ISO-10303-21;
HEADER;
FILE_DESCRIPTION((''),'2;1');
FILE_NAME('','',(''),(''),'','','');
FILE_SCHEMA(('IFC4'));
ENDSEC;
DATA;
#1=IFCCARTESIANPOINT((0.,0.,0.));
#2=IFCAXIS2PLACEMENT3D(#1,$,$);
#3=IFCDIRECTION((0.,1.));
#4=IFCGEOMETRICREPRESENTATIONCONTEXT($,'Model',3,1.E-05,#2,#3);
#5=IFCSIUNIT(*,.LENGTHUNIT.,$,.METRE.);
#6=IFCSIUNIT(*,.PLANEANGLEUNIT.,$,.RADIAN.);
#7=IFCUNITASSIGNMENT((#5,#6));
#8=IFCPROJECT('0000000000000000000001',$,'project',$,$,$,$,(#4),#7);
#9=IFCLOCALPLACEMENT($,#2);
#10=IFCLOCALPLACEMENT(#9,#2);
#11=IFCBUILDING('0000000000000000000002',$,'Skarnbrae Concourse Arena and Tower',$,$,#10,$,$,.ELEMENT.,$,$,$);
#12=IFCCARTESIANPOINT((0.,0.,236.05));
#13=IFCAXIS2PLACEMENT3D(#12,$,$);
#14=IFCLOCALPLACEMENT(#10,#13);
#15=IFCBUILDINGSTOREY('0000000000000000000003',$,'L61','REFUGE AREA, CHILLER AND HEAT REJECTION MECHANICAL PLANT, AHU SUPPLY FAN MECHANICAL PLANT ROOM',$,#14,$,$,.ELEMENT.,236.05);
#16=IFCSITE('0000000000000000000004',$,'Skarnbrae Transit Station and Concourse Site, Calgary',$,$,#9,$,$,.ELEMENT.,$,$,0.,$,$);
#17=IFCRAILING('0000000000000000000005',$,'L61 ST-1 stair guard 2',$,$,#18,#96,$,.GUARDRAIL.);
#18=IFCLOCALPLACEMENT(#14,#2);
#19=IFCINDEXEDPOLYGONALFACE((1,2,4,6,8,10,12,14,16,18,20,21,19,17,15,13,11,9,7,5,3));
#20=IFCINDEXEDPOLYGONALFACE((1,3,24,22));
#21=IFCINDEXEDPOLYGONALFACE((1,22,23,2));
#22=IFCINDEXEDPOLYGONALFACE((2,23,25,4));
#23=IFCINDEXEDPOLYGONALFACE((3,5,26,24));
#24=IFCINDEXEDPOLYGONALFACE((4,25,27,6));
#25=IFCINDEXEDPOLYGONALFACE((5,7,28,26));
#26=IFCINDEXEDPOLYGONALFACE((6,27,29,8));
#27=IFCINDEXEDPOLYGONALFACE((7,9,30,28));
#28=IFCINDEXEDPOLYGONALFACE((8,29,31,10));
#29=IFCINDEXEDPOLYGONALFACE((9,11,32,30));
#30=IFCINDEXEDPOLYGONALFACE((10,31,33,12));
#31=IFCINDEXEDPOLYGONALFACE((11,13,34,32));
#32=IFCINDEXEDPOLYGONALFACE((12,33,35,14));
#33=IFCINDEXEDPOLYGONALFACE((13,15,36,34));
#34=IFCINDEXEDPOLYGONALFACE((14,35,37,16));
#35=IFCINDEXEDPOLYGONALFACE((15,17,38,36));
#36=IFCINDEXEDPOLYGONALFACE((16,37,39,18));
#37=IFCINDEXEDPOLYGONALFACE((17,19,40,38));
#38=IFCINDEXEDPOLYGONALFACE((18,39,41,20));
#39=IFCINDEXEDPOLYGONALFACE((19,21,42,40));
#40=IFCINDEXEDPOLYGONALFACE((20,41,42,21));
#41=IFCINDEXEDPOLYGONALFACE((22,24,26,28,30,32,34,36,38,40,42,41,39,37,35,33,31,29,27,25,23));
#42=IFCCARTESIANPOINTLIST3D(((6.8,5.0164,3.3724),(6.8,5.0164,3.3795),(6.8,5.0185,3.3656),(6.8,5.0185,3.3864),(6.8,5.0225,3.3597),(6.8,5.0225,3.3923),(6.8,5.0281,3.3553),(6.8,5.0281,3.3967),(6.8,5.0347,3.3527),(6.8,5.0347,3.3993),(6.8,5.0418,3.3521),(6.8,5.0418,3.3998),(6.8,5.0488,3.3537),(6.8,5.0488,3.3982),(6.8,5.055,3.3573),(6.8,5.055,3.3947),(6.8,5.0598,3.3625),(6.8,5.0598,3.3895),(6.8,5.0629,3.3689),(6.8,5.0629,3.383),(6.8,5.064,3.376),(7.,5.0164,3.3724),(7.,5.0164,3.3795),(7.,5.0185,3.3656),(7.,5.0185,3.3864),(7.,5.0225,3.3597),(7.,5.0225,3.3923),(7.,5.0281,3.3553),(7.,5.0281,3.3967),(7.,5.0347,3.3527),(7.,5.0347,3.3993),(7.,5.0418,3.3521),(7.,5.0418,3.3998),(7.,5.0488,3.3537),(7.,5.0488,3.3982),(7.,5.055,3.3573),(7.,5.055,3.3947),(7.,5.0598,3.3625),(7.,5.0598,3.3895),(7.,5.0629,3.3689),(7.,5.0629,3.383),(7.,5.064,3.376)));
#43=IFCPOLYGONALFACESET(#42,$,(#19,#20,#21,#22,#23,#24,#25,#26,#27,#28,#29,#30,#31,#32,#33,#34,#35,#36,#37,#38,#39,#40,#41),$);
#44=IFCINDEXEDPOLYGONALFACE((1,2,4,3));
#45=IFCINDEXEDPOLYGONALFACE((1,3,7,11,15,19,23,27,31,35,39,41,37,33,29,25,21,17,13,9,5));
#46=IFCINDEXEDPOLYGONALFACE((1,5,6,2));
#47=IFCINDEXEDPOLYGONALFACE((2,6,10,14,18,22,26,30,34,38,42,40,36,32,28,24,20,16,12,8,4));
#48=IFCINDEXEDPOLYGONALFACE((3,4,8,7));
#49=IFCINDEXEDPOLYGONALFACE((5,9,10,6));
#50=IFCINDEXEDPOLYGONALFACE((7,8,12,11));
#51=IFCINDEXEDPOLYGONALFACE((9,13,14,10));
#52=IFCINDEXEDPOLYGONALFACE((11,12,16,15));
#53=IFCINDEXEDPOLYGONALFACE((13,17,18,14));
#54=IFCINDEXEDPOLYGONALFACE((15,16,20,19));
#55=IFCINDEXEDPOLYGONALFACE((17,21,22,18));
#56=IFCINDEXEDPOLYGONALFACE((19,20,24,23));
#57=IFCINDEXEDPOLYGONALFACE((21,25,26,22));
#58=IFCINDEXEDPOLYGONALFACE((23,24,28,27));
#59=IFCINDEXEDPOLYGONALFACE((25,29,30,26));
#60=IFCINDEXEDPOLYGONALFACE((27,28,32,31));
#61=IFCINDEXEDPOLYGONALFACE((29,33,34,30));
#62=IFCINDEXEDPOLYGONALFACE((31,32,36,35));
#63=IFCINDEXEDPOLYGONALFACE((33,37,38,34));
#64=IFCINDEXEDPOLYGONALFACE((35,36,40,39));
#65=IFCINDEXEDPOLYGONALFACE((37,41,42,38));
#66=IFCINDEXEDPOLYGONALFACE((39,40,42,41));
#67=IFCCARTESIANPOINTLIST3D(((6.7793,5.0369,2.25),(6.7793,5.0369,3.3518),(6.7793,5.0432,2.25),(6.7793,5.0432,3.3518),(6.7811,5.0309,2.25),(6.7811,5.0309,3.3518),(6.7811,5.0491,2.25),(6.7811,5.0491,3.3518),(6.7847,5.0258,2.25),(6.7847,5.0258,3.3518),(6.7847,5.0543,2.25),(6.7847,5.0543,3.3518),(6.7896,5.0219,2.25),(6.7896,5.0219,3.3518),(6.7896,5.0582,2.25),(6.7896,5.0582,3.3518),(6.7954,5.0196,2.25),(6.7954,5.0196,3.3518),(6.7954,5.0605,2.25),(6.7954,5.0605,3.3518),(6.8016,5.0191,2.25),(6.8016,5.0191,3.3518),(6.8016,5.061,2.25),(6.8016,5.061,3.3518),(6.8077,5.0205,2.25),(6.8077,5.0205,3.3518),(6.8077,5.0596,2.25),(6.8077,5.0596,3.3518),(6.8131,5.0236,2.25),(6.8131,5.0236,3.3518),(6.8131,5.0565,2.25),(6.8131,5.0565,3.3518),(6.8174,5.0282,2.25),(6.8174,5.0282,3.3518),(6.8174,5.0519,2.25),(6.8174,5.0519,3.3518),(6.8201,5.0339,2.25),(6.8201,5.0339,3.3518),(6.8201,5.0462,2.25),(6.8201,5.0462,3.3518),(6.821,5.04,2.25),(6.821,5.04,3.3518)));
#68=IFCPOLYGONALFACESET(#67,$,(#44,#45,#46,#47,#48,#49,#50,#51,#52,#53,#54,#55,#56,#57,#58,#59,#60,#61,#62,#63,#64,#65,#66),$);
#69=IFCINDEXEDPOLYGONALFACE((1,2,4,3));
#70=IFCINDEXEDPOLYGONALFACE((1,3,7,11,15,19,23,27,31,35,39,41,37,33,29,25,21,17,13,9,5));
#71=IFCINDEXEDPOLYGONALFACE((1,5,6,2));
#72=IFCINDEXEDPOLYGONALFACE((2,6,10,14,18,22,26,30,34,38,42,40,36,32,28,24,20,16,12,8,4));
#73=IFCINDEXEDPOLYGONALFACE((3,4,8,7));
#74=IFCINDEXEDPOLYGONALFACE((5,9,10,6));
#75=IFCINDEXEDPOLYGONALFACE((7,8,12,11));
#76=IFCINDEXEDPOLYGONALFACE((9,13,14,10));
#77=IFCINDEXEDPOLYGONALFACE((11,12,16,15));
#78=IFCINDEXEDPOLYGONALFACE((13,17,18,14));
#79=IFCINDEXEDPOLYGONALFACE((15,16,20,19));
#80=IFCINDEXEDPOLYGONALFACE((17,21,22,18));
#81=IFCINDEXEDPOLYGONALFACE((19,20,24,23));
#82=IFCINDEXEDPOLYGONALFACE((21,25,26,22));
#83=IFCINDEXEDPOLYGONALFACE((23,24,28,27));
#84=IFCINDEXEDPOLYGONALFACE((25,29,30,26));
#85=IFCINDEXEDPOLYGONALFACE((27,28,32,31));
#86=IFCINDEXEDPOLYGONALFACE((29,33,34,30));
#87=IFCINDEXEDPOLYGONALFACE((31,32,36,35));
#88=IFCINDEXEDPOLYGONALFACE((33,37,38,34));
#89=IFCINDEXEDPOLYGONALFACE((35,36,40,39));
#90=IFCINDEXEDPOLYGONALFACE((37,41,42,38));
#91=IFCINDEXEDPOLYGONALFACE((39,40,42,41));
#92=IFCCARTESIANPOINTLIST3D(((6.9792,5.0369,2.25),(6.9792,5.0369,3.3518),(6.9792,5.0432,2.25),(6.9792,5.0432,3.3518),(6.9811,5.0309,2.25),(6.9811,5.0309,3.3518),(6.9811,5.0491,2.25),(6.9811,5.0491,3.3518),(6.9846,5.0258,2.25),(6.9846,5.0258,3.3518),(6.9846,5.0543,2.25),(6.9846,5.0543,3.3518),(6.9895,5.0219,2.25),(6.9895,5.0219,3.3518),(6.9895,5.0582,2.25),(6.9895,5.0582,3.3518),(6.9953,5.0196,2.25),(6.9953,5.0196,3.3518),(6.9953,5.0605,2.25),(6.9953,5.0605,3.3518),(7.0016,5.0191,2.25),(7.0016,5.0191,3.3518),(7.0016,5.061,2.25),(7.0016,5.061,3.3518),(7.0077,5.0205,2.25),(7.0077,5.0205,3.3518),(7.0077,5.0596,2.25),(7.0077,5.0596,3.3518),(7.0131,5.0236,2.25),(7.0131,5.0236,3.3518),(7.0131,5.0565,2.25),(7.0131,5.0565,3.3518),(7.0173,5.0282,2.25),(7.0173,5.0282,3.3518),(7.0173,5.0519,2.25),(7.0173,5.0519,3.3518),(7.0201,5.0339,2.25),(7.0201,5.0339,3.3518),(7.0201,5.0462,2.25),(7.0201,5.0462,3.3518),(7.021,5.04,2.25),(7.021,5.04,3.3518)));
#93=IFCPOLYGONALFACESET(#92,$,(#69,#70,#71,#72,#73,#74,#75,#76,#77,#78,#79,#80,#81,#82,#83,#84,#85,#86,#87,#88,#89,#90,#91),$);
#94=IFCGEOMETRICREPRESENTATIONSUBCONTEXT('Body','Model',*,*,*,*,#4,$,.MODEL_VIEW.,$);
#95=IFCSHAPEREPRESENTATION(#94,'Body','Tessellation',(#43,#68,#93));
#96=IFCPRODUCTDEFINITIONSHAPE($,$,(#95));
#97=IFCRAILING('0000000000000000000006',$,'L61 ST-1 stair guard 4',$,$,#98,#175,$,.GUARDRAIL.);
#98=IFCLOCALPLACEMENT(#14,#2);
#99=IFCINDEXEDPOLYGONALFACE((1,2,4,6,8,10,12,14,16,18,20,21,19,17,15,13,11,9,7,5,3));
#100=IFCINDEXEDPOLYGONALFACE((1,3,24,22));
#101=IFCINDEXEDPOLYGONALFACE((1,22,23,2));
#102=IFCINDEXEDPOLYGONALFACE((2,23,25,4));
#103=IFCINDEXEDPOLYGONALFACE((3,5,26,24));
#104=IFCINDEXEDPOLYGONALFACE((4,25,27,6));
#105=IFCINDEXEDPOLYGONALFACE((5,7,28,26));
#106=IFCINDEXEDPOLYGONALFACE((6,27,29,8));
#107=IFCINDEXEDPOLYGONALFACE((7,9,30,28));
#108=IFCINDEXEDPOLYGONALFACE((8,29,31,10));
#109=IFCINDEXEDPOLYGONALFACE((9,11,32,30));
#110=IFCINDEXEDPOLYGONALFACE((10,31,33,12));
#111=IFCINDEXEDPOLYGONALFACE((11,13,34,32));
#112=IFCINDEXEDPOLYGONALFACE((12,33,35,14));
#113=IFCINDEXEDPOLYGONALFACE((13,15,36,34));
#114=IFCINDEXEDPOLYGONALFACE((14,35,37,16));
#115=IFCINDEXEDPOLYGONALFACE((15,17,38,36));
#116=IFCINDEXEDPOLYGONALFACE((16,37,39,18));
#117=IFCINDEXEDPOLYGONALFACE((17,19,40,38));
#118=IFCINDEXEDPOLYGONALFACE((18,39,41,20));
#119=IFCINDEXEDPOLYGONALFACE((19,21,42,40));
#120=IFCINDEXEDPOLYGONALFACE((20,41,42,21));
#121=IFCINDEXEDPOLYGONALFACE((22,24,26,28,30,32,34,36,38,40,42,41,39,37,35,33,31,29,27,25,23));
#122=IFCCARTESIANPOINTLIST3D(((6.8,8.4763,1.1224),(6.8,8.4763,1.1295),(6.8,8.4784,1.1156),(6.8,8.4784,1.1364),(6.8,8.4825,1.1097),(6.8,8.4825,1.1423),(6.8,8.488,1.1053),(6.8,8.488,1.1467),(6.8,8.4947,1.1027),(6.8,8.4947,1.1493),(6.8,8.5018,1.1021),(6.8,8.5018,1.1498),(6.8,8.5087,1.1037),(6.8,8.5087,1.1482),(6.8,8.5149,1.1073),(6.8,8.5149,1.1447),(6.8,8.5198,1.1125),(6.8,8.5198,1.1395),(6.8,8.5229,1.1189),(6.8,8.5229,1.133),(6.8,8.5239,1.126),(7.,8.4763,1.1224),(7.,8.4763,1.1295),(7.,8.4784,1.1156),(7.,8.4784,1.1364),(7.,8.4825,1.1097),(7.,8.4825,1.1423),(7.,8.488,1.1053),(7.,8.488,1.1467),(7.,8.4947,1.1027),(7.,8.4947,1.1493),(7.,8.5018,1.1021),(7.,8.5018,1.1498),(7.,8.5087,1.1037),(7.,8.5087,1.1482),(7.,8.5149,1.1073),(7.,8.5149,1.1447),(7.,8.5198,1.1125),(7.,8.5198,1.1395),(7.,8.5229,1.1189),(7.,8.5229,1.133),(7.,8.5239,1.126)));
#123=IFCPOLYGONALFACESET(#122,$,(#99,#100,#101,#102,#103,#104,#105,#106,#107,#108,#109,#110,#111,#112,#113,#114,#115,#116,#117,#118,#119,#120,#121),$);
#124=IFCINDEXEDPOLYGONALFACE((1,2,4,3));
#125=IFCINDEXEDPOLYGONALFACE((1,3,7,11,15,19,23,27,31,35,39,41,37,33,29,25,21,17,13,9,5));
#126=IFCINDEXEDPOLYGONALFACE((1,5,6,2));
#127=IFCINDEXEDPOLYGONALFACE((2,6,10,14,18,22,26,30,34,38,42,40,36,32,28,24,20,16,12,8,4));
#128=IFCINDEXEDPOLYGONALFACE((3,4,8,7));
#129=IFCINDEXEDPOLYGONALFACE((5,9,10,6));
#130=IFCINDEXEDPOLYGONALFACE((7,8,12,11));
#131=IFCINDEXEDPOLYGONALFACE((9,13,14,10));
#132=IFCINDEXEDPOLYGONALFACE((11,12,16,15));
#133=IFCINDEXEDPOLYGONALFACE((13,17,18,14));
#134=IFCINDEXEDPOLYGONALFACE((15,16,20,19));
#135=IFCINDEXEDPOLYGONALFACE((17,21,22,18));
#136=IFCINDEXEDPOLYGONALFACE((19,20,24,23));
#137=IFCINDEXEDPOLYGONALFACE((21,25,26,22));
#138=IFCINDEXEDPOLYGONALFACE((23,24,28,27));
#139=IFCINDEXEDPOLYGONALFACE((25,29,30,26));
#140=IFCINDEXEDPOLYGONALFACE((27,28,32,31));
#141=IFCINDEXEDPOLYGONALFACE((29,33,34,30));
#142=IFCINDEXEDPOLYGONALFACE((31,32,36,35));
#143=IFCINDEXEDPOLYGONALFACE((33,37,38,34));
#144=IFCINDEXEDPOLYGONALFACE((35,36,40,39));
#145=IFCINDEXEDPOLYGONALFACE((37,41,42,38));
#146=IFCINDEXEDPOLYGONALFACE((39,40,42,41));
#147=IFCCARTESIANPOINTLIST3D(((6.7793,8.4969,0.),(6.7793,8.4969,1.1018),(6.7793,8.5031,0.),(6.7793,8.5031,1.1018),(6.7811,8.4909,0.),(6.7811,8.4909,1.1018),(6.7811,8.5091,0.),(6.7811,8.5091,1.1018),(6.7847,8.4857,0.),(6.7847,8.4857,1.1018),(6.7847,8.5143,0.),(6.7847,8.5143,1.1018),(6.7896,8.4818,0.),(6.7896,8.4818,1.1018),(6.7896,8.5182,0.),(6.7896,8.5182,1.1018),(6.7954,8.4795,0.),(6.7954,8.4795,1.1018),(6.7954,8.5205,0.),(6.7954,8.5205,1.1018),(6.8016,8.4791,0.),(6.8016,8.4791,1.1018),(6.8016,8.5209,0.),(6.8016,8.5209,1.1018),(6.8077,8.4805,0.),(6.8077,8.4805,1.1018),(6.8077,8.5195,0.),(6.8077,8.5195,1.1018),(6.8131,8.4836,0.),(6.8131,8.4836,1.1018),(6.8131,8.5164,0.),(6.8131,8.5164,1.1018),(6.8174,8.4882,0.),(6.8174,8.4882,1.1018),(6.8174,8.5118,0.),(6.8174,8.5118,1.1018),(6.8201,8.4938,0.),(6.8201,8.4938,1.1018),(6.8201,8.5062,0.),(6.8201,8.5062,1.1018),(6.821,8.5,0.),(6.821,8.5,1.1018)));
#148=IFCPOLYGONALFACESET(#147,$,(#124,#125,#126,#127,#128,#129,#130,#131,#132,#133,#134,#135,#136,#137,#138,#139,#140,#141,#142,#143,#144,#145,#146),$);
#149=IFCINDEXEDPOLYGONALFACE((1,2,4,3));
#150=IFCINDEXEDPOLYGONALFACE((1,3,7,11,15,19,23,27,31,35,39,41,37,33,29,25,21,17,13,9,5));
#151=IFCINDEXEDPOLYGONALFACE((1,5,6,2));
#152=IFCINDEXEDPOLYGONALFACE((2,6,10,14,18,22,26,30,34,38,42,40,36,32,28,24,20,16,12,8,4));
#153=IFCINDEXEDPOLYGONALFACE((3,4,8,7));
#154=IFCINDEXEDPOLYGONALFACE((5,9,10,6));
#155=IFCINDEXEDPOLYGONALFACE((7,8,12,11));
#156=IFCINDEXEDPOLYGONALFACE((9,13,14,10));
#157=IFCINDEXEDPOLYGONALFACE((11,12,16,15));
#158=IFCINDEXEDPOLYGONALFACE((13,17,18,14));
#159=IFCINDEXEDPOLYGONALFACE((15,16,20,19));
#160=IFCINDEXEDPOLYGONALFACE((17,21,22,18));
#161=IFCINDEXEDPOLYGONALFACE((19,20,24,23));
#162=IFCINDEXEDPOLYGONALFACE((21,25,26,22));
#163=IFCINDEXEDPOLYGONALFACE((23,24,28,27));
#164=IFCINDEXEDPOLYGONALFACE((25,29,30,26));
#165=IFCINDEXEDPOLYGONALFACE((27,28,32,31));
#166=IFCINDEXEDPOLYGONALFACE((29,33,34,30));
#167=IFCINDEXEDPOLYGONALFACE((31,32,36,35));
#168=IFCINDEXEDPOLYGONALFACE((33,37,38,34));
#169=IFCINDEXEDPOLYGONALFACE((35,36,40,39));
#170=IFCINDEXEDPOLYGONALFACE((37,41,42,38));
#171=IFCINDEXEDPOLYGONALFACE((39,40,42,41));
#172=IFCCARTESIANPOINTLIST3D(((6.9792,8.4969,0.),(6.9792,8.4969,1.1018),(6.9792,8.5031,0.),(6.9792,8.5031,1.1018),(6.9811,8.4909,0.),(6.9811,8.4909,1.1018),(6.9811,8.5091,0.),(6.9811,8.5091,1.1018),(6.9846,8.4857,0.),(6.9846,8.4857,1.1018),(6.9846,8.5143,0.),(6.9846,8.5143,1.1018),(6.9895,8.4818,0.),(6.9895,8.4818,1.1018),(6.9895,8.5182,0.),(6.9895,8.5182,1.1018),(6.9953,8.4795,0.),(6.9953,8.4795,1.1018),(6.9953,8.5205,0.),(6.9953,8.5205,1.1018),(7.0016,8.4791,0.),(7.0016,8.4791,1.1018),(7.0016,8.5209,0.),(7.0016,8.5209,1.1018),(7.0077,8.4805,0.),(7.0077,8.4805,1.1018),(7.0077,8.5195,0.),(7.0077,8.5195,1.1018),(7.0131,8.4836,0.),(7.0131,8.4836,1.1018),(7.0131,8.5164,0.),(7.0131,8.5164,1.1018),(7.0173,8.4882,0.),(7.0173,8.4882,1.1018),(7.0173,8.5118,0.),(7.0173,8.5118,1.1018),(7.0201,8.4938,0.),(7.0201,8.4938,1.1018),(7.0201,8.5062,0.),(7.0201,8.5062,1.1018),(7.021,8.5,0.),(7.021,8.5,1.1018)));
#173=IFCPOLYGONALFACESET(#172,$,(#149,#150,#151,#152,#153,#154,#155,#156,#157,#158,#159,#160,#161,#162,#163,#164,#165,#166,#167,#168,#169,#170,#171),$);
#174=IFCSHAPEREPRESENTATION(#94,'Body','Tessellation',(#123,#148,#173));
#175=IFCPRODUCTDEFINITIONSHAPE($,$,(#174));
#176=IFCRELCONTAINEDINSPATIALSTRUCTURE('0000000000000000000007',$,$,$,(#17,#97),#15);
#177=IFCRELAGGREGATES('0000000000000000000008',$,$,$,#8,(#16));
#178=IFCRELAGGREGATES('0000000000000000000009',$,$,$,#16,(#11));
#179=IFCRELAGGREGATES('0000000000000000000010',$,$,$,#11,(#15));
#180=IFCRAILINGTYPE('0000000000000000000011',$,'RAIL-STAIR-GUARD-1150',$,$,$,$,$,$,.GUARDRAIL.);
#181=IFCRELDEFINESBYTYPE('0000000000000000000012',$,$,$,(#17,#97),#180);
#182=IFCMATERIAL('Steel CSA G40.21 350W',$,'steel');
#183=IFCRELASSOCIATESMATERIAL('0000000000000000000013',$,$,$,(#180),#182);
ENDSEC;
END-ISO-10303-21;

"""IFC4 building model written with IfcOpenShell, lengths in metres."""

from ifc_helpers import new_model, si_unit, direction, frame, origin, origin_2d, place, context, subcontext, project, spatial, circle, extrude, material, type_object, element, save


model = new_model("IFC4")

# Units and contexts
model_context = context("Model", 3, precision=1e-05, world=origin(), true_north=direction((0.0, 1.0)))
body_context = subcontext(model_context, "Body", "Model", "MODEL_VIEW")
ifc_project = project(units=[si_unit("LENGTHUNIT", "METRE"), si_unit("PLANEANGLEUNIT", "RADIAN")], contexts=[model_context])

# Site, building, storey
site_placement = place(None, origin())
site = spatial("IfcSite", under=ifc_project, at=site_placement, Name="Skarnbrae Transit Station and Concourse Site, Calgary", CompositionType="ELEMENT", RefElevation=0.0)
building_placement = place(site_placement, origin())
building = spatial("IfcBuilding", under=site, at=building_placement, Name="Skarnbrae Concourse Arena and Tower", CompositionType="ELEMENT")
storey_placement = place(building_placement, frame((0.0, 0.0, 236.05)))
storey = spatial("IfcBuildingStorey", under=building, at=storey_placement, Name="L61", Description="REFUGE AREA, CHILLER AND HEAT REJECTION MECHANICAL PLANT, AHU SUPPLY FAN MECHANICAL PLANT ROOM", CompositionType="ELEMENT", Elevation=236.05)

# Shared definitions
ifc_material_1 = material(Name="Steel CSA G40.21 350W", Category="steel")

# Railings
railing_type_1 = type_object("IfcRailingType", Name="RAIL-STAIR-GUARD-1150", PredefinedType="GUARDRAIL", material=ifc_material_1)
for number, where, name in (
    (1, (6.8, 5.04, 2.25), "L61 ST-1 stair guard 2"),
    (2, (6.8, 8.5, 0.0), "L61 ST-1 stair guard 4"),
):
    element("IfcRailing", number, at=place(storey_placement, frame(where)), inside=storey, type_object=railing_type_1, Name=name, PredefinedType="GUARDRAIL", context=body_context, shape_type="SweptSolid", body=[
        extrude(circle(Radius=0.0239, at=origin_2d()), frame((0.0, 0.0, 1.126), z_axis=(1.0, 0.0, 0.0), x_axis=(0.0, 1.0, 0.0)), (0.0, 0.0, 1.0), 0.2),
        extrude(circle(Radius=0.021, at=origin_2d()), origin(), (0.0, 0.0, 1.0), 1.1018),
        extrude(circle(Radius=0.021, at=origin_2d()), frame((0.2, 0.0, 0.0)), (0.0, 0.0, 1.0), 1.1018),
    ])

save(model, "model.ifc")
